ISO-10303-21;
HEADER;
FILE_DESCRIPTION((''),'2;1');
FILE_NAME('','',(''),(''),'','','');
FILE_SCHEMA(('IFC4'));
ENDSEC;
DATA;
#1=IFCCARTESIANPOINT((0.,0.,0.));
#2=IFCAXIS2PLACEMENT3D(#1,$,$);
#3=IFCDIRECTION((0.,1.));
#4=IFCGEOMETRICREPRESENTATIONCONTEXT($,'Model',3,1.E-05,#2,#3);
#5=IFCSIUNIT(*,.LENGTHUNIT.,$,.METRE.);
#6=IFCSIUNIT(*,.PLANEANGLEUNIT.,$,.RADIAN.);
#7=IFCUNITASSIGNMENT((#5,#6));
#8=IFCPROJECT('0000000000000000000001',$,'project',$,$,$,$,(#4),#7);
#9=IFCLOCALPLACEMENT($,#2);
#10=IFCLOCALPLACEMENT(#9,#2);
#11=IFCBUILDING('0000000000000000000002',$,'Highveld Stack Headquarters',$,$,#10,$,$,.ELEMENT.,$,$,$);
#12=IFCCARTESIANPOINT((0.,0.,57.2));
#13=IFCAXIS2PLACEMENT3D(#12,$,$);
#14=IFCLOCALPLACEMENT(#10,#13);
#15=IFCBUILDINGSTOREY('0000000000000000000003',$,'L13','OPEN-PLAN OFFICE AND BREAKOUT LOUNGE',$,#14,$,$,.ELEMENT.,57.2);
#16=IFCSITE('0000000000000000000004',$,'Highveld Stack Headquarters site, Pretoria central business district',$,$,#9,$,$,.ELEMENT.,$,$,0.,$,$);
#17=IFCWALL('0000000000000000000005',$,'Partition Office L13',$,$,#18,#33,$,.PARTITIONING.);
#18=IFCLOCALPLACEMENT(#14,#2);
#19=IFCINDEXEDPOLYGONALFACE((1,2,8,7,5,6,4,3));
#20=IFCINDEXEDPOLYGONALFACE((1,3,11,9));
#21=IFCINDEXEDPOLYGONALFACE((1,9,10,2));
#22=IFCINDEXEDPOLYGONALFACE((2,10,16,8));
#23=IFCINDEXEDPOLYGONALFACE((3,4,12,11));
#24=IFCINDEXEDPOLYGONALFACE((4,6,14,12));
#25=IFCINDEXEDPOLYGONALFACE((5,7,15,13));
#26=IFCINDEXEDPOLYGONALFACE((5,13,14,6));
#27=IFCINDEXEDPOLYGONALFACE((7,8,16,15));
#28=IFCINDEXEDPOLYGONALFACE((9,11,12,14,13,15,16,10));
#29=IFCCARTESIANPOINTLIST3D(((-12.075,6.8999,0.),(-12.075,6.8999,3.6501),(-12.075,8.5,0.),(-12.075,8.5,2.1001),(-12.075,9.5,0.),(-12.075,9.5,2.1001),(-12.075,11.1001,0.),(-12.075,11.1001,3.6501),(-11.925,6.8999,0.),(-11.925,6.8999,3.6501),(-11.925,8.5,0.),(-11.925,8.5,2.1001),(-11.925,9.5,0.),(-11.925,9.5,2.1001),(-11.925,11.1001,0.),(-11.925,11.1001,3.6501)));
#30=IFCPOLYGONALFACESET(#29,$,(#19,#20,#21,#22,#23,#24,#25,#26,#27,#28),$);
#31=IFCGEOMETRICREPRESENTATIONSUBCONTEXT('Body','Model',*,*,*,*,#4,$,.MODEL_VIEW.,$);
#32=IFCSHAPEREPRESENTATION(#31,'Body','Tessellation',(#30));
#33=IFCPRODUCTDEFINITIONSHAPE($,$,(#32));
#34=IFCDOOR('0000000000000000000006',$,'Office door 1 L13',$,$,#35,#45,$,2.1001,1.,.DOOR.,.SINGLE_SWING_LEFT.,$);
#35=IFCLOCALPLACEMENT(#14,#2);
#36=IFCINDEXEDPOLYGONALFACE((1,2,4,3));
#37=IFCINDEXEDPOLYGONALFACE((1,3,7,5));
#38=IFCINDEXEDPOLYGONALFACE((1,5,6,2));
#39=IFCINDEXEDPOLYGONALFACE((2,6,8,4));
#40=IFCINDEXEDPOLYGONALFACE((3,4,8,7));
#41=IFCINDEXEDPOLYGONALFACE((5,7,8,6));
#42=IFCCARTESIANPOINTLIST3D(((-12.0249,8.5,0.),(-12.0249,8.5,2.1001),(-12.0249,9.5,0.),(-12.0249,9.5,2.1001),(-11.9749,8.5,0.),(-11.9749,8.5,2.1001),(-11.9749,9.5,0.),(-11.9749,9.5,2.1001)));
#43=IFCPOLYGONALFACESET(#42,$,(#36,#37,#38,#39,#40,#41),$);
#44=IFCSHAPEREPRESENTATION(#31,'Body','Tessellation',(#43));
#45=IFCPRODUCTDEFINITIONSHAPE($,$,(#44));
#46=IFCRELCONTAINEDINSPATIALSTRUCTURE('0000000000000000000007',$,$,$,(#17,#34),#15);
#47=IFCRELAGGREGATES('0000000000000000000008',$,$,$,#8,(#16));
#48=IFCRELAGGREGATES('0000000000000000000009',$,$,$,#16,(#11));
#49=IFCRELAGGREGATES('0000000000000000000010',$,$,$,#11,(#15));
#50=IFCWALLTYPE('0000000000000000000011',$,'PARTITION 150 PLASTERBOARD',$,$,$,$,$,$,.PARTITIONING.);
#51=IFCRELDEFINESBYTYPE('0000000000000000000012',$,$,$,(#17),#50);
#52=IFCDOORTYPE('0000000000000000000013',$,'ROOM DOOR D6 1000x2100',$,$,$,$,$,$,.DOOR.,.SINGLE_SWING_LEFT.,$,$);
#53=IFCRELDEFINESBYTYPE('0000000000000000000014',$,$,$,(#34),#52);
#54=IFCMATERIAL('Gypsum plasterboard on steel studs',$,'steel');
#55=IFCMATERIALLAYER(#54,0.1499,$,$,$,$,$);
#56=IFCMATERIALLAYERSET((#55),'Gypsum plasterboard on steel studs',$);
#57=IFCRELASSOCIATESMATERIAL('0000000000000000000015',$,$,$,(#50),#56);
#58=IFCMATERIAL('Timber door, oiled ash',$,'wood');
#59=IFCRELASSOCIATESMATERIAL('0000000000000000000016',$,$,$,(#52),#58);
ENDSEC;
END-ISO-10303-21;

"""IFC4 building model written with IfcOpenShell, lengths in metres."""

from ifc_helpers import new_model, si_unit, direction, frame, frame_2d, origin, place, context, subcontext, project, spatial, rectangle, extrude, material, layer, layer_set, type_object, element, fill, save


model = new_model("IFC4")

# Units and contexts
model_context = context("Model", 3, precision=1e-05, world=origin(), true_north=direction((0.0, 1.0)))
body_context = subcontext(model_context, "Body", "Model", "MODEL_VIEW")
ifc_project = project(units=[si_unit("LENGTHUNIT", "METRE"), si_unit("PLANEANGLEUNIT", "RADIAN")], contexts=[model_context])

# Site, building, storey
site_placement = place(None, origin())
site = spatial("IfcSite", under=ifc_project, at=site_placement, Name="Highveld Stack Headquarters site, Pretoria central business district", CompositionType="ELEMENT", RefElevation=0.0)
building_placement = place(site_placement, origin())
building = spatial("IfcBuilding", under=site, at=building_placement, Name="Highveld Stack Headquarters", CompositionType="ELEMENT")
storey_placement = place(building_placement, frame((0.0, 0.0, 57.2)))
storey = spatial("IfcBuildingStorey", under=building, at=storey_placement, Name="L13", Description="OPEN-PLAN OFFICE AND BREAKOUT LOUNGE", CompositionType="ELEMENT", Elevation=57.2)

# Shared definitions
ifc_material_1 = material(Name="Gypsum plasterboard on steel studs", Category="steel")
ifc_layer_1 = layer(ifc_material_1, 0.1499)
ifc_layer_set_1 = layer_set([ifc_layer_1], Name="Gypsum plasterboard on steel studs")
wall_type = type_object("IfcWallType", Name="PARTITION 150 PLASTERBOARD", PredefinedType="PARTITIONING", material=ifc_layer_set_1)

# Wall, opening, door
ifc_material_2 = material(Name="Timber door, oiled ash", Category="wood")
door_type = type_object("IfcDoorType", Name="ROOM DOOR D6 1000x2100", OperationType="SINGLE_SWING_LEFT", PredefinedType="DOOR", material=ifc_material_2)
wall_1_placement = place(storey_placement, frame((-12.0, 6.8999, 0.0), z_axis=(0.0, 0.0, 1.0), x_axis=(0.0, 1.0, 0.0)))
wall_1 = element("IfcWall", 1, at=wall_1_placement, inside=storey, type_object=wall_type, Name="Partition Office L13", PredefinedType="PARTITIONING", context=body_context, shape_type="SweptSolid", body=[
    extrude(rectangle(XDim=4.2002, YDim=0.1499, at=frame_2d((2.1001, 0.0))), origin(), (0.0, 0.0, 1.0), 3.6501),
])
opening_1_placement = place(wall_1_placement, frame((1.6001, 0.0, 0.0)))
opening_1 = element("IfcOpeningElement", 2, at=opening_1_placement, cuts=wall_1, PredefinedType="OPENING", context=body_context, shape_type="SweptSolid", body=[
    extrude(rectangle(XDim=1.0, YDim=2.1001, at=frame_2d((0.5, 1.05))), frame((0.0, 0.085, 0.0), z_axis=(0.0, -1.0, 0.0), x_axis=(1.0, 0.0, 0.0)), (0.0, 0.0, 1.0), 0.1699),
])
door_1_placement = place(opening_1_placement, origin())
door_1 = element("IfcDoor", 3, at=door_1_placement, inside=storey, type_object=door_type, Name="Office door 1 L13", OperationType="SINGLE_SWING_LEFT", OverallHeight=2.1001, OverallWidth=1.0, PredefinedType="DOOR", context=body_context, shape_type="SweptSolid", body=[
    extrude(rectangle(XDim=1.0, YDim=2.1001, at=frame_2d((0.5, 1.05))), frame((0.0, 0.0249, 0.0), z_axis=(0.0, -1.0, 0.0), x_axis=(1.0, 0.0, 0.0)), (0.0, 0.0, 1.0), 0.05),
])
fill(opening_1, door_1)

save(model, "model.ifc")
